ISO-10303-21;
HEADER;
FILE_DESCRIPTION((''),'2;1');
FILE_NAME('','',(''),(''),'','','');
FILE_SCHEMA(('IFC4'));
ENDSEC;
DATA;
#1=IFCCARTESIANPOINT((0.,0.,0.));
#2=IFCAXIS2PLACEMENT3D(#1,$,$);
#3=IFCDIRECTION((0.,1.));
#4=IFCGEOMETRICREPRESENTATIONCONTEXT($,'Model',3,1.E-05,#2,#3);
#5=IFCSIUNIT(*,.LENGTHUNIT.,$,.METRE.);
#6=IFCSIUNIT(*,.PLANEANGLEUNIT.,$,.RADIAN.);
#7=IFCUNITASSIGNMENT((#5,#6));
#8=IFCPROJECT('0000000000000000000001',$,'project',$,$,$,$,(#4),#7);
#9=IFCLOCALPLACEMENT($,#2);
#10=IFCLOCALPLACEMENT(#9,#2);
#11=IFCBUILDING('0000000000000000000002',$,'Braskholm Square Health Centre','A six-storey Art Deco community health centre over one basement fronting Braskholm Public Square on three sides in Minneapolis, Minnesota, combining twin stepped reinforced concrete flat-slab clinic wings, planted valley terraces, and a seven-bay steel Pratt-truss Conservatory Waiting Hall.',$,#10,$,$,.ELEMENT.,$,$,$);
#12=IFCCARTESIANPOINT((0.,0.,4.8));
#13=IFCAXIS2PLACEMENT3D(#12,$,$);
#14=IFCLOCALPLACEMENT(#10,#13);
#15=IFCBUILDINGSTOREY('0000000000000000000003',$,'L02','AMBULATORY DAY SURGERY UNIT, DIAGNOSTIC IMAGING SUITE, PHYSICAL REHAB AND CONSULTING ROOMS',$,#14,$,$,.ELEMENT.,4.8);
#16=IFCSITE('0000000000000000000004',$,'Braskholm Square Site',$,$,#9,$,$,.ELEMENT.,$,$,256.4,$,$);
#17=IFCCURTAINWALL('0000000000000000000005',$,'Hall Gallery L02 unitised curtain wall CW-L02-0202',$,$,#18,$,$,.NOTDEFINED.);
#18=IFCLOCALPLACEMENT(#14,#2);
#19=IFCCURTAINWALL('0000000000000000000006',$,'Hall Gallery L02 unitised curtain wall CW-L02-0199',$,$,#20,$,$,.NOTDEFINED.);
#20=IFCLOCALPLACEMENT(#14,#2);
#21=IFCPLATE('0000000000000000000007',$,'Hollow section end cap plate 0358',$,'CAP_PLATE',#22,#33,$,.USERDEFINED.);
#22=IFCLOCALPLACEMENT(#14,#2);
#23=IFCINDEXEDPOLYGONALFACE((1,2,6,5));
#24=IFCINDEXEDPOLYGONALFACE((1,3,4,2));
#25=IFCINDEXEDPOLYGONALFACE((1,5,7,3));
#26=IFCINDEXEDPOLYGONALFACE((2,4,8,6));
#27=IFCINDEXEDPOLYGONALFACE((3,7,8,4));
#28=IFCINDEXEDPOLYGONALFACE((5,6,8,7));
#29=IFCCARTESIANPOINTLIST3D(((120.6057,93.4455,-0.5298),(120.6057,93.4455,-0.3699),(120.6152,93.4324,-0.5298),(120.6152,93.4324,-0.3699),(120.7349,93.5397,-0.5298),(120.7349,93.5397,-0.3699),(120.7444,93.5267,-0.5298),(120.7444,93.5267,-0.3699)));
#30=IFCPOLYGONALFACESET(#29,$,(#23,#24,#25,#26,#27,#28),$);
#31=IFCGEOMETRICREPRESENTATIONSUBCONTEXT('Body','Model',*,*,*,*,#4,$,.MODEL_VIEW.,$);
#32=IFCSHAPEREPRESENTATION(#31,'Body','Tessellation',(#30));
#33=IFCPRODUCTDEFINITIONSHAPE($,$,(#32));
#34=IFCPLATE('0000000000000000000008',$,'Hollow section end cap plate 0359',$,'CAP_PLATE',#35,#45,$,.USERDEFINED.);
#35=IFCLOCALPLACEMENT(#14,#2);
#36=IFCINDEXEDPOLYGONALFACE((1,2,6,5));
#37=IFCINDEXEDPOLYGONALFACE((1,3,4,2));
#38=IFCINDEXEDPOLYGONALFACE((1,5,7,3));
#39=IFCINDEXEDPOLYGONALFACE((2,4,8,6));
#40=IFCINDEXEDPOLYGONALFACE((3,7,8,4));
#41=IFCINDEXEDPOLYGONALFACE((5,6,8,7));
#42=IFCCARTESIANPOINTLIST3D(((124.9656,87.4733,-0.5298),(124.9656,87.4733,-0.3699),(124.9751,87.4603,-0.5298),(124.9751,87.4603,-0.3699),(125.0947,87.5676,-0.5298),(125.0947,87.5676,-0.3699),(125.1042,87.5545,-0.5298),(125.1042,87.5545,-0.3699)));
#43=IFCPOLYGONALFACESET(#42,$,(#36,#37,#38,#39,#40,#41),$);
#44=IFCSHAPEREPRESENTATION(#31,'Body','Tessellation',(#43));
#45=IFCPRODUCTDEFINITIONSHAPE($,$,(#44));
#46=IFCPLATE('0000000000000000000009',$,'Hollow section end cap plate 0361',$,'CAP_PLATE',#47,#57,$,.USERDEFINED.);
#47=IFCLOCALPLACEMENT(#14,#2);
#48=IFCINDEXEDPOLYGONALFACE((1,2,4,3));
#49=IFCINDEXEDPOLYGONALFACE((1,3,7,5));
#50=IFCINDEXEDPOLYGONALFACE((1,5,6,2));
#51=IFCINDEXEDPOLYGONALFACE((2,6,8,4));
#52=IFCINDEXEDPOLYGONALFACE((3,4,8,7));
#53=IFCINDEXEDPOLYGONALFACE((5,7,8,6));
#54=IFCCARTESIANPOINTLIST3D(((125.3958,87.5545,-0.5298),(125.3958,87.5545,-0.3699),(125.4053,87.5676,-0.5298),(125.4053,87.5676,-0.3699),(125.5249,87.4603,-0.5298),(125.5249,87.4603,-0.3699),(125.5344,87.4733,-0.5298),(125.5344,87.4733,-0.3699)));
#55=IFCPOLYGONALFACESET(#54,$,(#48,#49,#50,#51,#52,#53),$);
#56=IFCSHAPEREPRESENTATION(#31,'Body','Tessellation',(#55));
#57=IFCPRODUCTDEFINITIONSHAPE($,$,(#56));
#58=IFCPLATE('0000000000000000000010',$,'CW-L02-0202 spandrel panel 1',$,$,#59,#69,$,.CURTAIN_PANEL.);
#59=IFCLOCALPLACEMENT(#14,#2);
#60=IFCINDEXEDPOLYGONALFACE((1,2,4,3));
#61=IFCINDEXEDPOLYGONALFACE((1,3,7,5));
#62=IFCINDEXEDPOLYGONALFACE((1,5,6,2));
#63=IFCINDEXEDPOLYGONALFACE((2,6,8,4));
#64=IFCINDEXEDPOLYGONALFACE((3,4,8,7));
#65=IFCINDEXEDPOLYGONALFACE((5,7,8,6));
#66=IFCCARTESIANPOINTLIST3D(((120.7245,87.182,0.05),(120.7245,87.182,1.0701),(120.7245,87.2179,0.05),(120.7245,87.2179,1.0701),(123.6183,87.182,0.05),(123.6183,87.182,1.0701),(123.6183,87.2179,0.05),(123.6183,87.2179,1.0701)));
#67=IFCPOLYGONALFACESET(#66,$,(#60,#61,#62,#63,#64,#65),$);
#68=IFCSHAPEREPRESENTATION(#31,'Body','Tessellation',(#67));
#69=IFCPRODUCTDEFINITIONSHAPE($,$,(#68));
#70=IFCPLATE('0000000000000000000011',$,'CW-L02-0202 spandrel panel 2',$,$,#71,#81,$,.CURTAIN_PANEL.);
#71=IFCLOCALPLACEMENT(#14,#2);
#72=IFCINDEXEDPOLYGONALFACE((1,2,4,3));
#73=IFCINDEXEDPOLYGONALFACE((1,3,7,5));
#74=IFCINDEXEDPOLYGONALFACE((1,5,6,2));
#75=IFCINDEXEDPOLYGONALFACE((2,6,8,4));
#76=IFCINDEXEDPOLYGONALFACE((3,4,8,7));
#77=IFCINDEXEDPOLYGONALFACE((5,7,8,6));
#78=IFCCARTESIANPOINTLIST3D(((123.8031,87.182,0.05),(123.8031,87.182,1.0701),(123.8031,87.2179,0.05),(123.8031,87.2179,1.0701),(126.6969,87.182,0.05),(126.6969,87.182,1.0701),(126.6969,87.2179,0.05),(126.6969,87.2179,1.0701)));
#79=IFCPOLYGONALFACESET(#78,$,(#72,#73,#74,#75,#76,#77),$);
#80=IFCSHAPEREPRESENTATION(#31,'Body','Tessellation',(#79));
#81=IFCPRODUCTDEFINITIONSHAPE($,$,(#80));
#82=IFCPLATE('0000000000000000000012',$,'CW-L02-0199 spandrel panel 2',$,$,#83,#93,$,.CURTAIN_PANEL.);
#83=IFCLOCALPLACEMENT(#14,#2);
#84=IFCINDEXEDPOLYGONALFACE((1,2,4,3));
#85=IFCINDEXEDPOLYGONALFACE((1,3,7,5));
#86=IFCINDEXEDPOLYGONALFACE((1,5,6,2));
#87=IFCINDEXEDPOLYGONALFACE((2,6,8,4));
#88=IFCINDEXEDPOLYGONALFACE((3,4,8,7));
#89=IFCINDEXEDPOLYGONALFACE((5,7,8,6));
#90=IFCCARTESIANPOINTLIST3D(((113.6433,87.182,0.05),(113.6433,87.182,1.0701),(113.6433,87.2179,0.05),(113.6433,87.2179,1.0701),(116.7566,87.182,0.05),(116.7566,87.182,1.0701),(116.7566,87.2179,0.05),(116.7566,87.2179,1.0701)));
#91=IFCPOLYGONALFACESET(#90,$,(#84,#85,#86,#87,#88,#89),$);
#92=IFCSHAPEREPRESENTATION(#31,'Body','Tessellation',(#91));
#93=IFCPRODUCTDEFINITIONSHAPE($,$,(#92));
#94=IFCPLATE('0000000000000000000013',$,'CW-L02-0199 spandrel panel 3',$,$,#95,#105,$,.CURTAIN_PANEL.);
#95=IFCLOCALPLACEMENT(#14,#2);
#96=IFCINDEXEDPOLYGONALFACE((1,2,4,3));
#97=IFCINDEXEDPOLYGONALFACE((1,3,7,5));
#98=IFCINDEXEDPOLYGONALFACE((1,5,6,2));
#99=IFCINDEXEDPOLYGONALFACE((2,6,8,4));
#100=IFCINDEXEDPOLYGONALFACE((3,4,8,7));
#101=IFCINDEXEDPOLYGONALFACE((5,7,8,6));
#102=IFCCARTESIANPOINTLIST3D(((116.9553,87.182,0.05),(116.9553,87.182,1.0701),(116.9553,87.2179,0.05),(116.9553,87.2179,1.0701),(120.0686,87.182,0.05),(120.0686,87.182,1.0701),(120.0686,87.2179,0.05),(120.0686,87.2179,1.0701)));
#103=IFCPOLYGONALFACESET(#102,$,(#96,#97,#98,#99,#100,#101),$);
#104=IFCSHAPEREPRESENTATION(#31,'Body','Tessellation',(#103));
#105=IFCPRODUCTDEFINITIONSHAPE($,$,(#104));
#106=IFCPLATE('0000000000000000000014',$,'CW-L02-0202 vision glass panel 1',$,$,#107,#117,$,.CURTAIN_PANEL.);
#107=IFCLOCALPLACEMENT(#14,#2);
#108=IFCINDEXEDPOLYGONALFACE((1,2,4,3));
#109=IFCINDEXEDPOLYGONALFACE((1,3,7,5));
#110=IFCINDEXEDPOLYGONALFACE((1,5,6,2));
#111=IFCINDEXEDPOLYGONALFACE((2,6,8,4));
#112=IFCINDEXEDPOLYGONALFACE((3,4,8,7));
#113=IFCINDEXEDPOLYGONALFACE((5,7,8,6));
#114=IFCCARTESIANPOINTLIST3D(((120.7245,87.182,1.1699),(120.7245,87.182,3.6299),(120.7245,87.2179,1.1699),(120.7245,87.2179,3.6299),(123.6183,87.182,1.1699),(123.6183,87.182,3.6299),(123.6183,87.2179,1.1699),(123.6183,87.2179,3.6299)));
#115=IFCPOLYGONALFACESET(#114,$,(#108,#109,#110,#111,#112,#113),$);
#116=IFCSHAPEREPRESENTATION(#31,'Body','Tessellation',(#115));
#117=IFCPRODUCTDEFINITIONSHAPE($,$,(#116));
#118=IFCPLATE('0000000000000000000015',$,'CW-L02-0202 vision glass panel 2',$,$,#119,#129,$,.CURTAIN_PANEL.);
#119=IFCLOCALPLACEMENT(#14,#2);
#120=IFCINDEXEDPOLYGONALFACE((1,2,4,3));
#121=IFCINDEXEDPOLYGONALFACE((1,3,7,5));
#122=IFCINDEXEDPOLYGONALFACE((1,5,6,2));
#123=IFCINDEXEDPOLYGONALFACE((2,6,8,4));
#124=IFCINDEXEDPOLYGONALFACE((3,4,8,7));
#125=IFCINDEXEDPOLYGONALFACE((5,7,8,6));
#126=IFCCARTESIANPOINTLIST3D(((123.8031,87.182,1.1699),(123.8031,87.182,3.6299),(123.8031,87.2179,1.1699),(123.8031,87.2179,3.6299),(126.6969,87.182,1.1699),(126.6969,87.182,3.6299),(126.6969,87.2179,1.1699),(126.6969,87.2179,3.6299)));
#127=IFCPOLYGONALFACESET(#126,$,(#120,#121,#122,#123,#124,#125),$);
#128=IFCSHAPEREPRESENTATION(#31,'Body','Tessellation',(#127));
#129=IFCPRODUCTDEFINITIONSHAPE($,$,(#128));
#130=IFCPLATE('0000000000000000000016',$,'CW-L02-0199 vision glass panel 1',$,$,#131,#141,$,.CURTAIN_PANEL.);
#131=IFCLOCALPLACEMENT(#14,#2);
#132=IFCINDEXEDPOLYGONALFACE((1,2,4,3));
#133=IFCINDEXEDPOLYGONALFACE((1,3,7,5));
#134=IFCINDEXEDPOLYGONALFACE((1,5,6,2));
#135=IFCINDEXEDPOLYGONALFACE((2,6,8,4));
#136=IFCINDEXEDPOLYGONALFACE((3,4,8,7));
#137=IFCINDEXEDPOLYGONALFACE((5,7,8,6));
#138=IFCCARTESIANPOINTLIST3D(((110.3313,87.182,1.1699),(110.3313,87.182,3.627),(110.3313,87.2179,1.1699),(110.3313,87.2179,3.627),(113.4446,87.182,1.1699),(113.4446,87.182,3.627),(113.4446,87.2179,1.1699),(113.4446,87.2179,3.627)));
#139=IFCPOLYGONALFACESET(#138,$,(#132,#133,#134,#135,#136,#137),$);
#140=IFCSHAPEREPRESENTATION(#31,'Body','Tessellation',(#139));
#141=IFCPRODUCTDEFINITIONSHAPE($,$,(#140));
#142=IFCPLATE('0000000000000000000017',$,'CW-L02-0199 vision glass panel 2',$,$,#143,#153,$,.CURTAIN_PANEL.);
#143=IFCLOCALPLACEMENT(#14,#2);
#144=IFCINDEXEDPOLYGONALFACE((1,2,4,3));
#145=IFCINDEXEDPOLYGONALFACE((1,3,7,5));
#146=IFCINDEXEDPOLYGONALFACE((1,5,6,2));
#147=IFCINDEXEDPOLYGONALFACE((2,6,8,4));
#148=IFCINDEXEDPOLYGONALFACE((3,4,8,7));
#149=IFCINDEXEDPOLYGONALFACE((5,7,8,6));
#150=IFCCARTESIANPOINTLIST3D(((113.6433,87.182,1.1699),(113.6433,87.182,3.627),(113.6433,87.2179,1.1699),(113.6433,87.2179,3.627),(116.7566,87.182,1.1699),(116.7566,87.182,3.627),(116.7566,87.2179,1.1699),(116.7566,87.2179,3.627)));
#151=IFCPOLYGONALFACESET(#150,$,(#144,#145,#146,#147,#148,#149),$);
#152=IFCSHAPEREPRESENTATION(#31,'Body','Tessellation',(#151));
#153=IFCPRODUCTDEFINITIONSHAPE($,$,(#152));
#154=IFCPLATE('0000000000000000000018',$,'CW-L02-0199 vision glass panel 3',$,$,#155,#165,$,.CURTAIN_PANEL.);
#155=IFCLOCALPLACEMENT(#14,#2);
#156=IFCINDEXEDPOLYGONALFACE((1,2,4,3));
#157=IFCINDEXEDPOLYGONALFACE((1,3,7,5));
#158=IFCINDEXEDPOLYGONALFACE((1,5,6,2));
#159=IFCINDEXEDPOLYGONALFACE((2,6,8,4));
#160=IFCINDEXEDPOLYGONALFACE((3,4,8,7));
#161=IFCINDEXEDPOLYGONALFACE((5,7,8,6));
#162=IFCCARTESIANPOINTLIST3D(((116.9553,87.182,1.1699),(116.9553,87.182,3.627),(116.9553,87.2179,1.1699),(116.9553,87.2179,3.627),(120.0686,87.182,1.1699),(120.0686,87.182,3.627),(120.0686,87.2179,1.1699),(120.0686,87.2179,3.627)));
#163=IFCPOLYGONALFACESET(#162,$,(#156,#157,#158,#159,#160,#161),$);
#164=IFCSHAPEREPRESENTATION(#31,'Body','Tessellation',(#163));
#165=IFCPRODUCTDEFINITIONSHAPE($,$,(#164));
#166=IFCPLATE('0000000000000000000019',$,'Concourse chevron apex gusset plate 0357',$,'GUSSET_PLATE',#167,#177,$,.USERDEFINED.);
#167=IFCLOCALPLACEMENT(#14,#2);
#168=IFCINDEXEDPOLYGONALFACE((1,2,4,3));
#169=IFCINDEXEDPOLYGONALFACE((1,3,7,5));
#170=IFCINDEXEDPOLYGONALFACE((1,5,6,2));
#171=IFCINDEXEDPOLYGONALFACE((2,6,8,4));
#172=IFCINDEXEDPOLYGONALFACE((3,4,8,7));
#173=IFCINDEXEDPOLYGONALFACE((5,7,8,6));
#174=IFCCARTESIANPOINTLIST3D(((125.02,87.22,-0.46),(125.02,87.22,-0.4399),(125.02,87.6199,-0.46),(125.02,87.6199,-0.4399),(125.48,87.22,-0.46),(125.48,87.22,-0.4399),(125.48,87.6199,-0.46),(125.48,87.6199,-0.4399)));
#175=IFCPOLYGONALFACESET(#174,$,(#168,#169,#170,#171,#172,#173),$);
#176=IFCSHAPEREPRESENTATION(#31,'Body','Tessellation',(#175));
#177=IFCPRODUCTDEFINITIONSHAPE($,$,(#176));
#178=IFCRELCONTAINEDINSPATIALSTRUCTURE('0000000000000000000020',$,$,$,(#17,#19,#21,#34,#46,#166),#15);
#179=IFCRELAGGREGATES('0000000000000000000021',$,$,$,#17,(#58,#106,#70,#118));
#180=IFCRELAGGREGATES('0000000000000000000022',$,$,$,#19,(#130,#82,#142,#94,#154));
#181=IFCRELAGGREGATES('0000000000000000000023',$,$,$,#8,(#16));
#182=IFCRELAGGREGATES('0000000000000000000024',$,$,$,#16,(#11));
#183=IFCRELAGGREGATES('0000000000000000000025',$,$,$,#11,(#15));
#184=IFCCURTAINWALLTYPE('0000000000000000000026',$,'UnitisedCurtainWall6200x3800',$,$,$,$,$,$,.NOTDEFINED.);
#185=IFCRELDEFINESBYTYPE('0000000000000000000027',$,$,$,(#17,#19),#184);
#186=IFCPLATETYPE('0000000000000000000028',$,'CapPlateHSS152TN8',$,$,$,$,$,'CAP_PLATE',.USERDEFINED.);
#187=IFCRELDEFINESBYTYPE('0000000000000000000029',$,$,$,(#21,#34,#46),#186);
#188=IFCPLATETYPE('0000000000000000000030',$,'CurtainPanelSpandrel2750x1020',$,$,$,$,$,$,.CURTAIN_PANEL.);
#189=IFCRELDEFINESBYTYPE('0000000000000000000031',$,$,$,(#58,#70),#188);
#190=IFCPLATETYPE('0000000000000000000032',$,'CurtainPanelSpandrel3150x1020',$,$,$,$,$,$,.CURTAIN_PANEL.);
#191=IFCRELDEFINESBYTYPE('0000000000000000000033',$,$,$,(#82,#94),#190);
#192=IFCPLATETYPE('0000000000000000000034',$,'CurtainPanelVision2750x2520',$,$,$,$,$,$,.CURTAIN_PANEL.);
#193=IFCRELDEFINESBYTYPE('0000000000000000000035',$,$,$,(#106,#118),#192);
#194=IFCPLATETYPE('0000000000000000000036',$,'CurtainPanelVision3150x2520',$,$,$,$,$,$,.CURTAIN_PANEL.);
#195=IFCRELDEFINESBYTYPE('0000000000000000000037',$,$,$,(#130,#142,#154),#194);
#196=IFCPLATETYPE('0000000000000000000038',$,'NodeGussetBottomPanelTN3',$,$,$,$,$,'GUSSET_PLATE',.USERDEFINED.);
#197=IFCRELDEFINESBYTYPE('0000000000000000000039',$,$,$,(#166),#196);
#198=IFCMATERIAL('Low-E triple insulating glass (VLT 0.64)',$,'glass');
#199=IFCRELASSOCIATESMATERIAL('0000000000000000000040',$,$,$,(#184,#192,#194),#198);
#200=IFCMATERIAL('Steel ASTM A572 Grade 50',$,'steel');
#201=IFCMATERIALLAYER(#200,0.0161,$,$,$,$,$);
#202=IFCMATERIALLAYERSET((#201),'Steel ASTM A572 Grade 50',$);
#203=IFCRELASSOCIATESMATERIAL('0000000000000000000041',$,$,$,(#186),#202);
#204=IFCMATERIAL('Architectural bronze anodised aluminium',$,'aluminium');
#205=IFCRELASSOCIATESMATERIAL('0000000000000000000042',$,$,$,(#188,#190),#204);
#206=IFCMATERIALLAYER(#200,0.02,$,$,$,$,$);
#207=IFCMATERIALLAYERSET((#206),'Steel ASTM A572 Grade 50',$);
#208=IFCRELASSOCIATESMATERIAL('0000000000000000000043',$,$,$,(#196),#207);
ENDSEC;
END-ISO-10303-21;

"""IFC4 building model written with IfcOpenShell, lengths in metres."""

from ifc_helpers import new_model, si_unit, direction, frame, origin, origin_2d, place, context, subcontext, project, spatial, rectangle, extrude, material, layer, layer_set, type_object, element, aggregate, save


model = new_model("IFC4")

# Units and contexts
model_context = context("Model", 3, precision=1e-05, world=origin(), true_north=direction((0.0, 1.0)))
body_context = subcontext(model_context, "Body", "Model", "MODEL_VIEW")
ifc_project = project(units=[si_unit("LENGTHUNIT", "METRE"), si_unit("PLANEANGLEUNIT", "RADIAN")], contexts=[model_context])

# Site, building, storey
site_placement = place(None, origin())
site = spatial("IfcSite", under=ifc_project, at=site_placement, Name="Braskholm Square Site", CompositionType="ELEMENT", RefElevation=256.4)
building_placement = place(site_placement, origin())
building = spatial("IfcBuilding", under=site, at=building_placement, Name="Braskholm Square Health Centre", Description="A six-storey Art Deco community health centre over one basement fronting Braskholm Public Square on three sides in Minneapolis, Minnesota, combining twin stepped reinforced concrete flat-slab clinic wings, planted valley terraces, and a seven-bay steel Pratt-truss Conservatory Waiting Hall.", CompositionType="ELEMENT")
storey_placement = place(building_placement, frame((0.0, 0.0, 4.8)))
storey = spatial("IfcBuildingStorey", under=building, at=storey_placement, Name="L02", Description="AMBULATORY DAY SURGERY UNIT, DIAGNOSTIC IMAGING SUITE, PHYSICAL REHAB AND CONSULTING ROOMS", CompositionType="ELEMENT", Elevation=4.8)

# Curtain walls
ifc_material_1 = material(Name="Low-E triple insulating glass (VLT 0.64)", Category="glass")
curtain_wall_type = type_object("IfcCurtainWallType", Name="UnitisedCurtainWall6200x3800", PredefinedType="NOTDEFINED", material=ifc_material_1)
curtain_wall_1_placement = place(storey_placement, origin())
curtain_wall_1 = element("IfcCurtainWall", 1, at=curtain_wall_1_placement, inside=storey, type_object=curtain_wall_type, Name="Hall Gallery L02 unitised curtain wall CW-L02-0202", PredefinedType="NOTDEFINED")
ifc_material_2 = material(Name="Architectural bronze anodised aluminium", Category="aluminium")
curtain_wall_2_placement = place(storey_placement, origin())
curtain_wall_2 = element("IfcCurtainWall", 2, at=curtain_wall_2_placement, inside=storey, type_object=curtain_wall_type, Name="Hall Gallery L02 unitised curtain wall CW-L02-0199", PredefinedType="NOTDEFINED")

# Plates
ifc_material_3 = material(Name="Steel ASTM A572 Grade 50", Category="steel")
ifc_layer_1 = layer(ifc_material_3, 0.0161)
ifc_layer_set_1 = layer_set([ifc_layer_1], Name="Steel ASTM A572 Grade 50")
plate_type_1 = type_object("IfcPlateType", Name="CapPlateHSS152TN8", ElementType="CAP_PLATE", PredefinedType="USERDEFINED", material=ifc_layer_set_1)
for number, where, z_axis, x_axis, name in (
    (3, (120.675, 93.4861, -0.5298), (0.0, 0.0, 1.0), (0.589535, -0.807743, 0.0), "Hollow section end cap plate 0358"),
    (4, (125.0349, 87.5139, -0.5298), (0.0, 0.0, 1.0), (0.589535, -0.807743, 0.0), "Hollow section end cap plate 0359"),
    (5, (125.4651, 87.5139, -0.5298), (0.0, 0.0, 1.0), (-0.589535, -0.807743, 0.0), "Hollow section end cap plate 0361"),
):
    element("IfcPlate", number, at=place(storey_placement, frame(where, z_axis=z_axis, x_axis=x_axis)), inside=storey, type_object=plate_type_1, Name=name, ObjectType="CAP_PLATE", PredefinedType="USERDEFINED", context=body_context, shape_type="SweptSolid", body=[
        extrude(rectangle(XDim=0.0161, YDim=0.1599, at=origin_2d()), origin(), (0.0, 0.0, 1.0), 0.1599),
    ])

# Plates
plate_type_2 = type_object("IfcPlateType", Name="CurtainPanelSpandrel2750x1020", PredefinedType="CURTAIN_PANEL", material=ifc_material_2)
plate_1_placement = place(storey_placement, frame((122.1714, 87.2, 0.05), z_axis=(0.0, 0.0, 1.0), x_axis=(1.0, 0.0, 0.0)))
plate_1 = element("IfcPlate", 6, at=plate_1_placement, type_object=plate_type_2, Name="CW-L02-0202 spandrel panel 1", PredefinedType="CURTAIN_PANEL", context=body_context, shape_type="SweptSolid", body=[
    extrude(rectangle(XDim=2.8938, YDim=0.0359, at=origin_2d()), origin(), (0.0, 0.0, 1.0), 1.02),
])
plate_2_placement = place(storey_placement, frame((125.25, 87.2, 0.05), z_axis=(0.0, 0.0, 1.0), x_axis=(1.0, 0.0, 0.0)))
plate_2 = element("IfcPlate", 7, at=plate_2_placement, type_object=plate_type_2, Name="CW-L02-0202 spandrel panel 2", PredefinedType="CURTAIN_PANEL", context=body_context, shape_type="SweptSolid", body=[
    extrude(rectangle(XDim=2.8938, YDim=0.0359, at=origin_2d()), origin(), (0.0, 0.0, 1.0), 1.02),
])
plate_type_3 = type_object("IfcPlateType", Name="CurtainPanelSpandrel3150x1020", PredefinedType="CURTAIN_PANEL", material=ifc_material_2)
plate_3_placement = place(storey_placement, frame((115.2, 87.2, 0.05), z_axis=(0.0, 0.0, 1.0), x_axis=(1.0, 0.0, 0.0)))
plate_3 = element("IfcPlate", 8, at=plate_3_placement, type_object=plate_type_3, Name="CW-L02-0199 spandrel panel 2", PredefinedType="CURTAIN_PANEL", context=body_context, shape_type="SweptSolid", body=[
    extrude(rectangle(XDim=3.1133, YDim=0.0359, at=origin_2d()), origin(), (0.0, 0.0, 1.0), 1.02),
])
plate_4_placement = place(storey_placement, frame((118.512, 87.2, 0.05), z_axis=(0.0, 0.0, 1.0), x_axis=(1.0, 0.0, 0.0)))
plate_4 = element("IfcPlate", 9, at=plate_4_placement, type_object=plate_type_3, Name="CW-L02-0199 spandrel panel 3", PredefinedType="CURTAIN_PANEL", context=body_context, shape_type="SweptSolid", body=[
    extrude(rectangle(XDim=3.1133, YDim=0.0359, at=origin_2d()), origin(), (0.0, 0.0, 1.0), 1.02),
])
plate_type_4 = type_object("IfcPlateType", Name="CurtainPanelVision2750x2520", PredefinedType="CURTAIN_PANEL", material=ifc_material_1)
plate_5_placement = place(storey_placement, frame((122.1714, 87.2, 1.1699), z_axis=(0.0, 0.0, 1.0), x_axis=(1.0, 0.0, 0.0)))
plate_5 = element("IfcPlate", 10, at=plate_5_placement, type_object=plate_type_4, Name="CW-L02-0202 vision glass panel 1", PredefinedType="CURTAIN_PANEL", context=body_context, shape_type="SweptSolid", body=[
    extrude(rectangle(XDim=2.8938, YDim=0.0359, at=origin_2d()), origin(), (0.0, 0.0, 1.0), 2.46),
])
plate_6_placement = place(storey_placement, frame((125.25, 87.2, 1.1699), z_axis=(0.0, 0.0, 1.0), x_axis=(1.0, 0.0, 0.0)))
plate_6 = element("IfcPlate", 11, at=plate_6_placement, type_object=plate_type_4, Name="CW-L02-0202 vision glass panel 2", PredefinedType="CURTAIN_PANEL", context=body_context, shape_type="SweptSolid", body=[
    extrude(rectangle(XDim=2.8938, YDim=0.0359, at=origin_2d()), origin(), (0.0, 0.0, 1.0), 2.46),
])
aggregate(curtain_wall_1, [plate_1, plate_5, plate_2, plate_6])
plate_type_5 = type_object("IfcPlateType", Name="CurtainPanelVision3150x2520", PredefinedType="CURTAIN_PANEL", material=ifc_material_1)
plate_7_placement = place(storey_placement, frame((111.8879, 87.2, 1.1699), z_axis=(0.0, 0.0, 1.0), x_axis=(1.0, 0.0, 0.0)))
plate_7 = element("IfcPlate", 12, at=plate_7_placement, type_object=plate_type_5, Name="CW-L02-0199 vision glass panel 1", PredefinedType="CURTAIN_PANEL", context=body_context, shape_type="SweptSolid", body=[
    extrude(rectangle(XDim=3.1133, YDim=0.0359, at=origin_2d()), origin(), (0.0, 0.0, 1.0), 2.457),
])
plate_8_placement = place(storey_placement, frame((115.2, 87.2, 1.1699), z_axis=(0.0, 0.0, 1.0), x_axis=(1.0, 0.0, 0.0)))
plate_8 = element("IfcPlate", 13, at=plate_8_placement, type_object=plate_type_5, Name="CW-L02-0199 vision glass panel 2", PredefinedType="CURTAIN_PANEL", context=body_context, shape_type="SweptSolid", body=[
    extrude(rectangle(XDim=3.1133, YDim=0.0359, at=origin_2d()), origin(), (0.0, 0.0, 1.0), 2.457),
])
plate_9_placement = place(storey_placement, frame((118.512, 87.2, 1.1699), z_axis=(0.0, 0.0, 1.0), x_axis=(1.0, 0.0, 0.0)))
plate_9 = element("IfcPlate", 14, at=plate_9_placement, type_object=plate_type_5, Name="CW-L02-0199 vision glass panel 3", PredefinedType="CURTAIN_PANEL", context=body_context, shape_type="SweptSolid", body=[
    extrude(rectangle(XDim=3.1133, YDim=0.0359, at=origin_2d()), origin(), (0.0, 0.0, 1.0), 2.457),
])
aggregate(curtain_wall_2, [plate_7, plate_3, plate_8, plate_4, plate_9])
ifc_layer_2 = layer(ifc_material_3, 0.02)
ifc_layer_set_2 = layer_set([ifc_layer_2], Name="Steel ASTM A572 Grade 50")
plate_type_6 = type_object("IfcPlateType", Name="NodeGussetBottomPanelTN3", ElementType="GUSSET_PLATE", PredefinedType="USERDEFINED", material=ifc_layer_set_2)
plate_10_placement = place(storey_placement, frame((125.25, 87.4199, -0.46), z_axis=(0.0, 0.0, 1.0), x_axis=(1.0, 0.0, 0.0)))
element("IfcPlate", 15, at=plate_10_placement, inside=storey, type_object=plate_type_6, Name="Concourse chevron apex gusset plate 0357", ObjectType="GUSSET_PLATE", PredefinedType="USERDEFINED", context=body_context, shape_type="SweptSolid", body=[
    extrude(rectangle(XDim=0.46, YDim=0.3999, at=origin_2d()), origin(), (0.0, 0.0, 1.0), 0.02),
])

save(model, "model.ifc")
